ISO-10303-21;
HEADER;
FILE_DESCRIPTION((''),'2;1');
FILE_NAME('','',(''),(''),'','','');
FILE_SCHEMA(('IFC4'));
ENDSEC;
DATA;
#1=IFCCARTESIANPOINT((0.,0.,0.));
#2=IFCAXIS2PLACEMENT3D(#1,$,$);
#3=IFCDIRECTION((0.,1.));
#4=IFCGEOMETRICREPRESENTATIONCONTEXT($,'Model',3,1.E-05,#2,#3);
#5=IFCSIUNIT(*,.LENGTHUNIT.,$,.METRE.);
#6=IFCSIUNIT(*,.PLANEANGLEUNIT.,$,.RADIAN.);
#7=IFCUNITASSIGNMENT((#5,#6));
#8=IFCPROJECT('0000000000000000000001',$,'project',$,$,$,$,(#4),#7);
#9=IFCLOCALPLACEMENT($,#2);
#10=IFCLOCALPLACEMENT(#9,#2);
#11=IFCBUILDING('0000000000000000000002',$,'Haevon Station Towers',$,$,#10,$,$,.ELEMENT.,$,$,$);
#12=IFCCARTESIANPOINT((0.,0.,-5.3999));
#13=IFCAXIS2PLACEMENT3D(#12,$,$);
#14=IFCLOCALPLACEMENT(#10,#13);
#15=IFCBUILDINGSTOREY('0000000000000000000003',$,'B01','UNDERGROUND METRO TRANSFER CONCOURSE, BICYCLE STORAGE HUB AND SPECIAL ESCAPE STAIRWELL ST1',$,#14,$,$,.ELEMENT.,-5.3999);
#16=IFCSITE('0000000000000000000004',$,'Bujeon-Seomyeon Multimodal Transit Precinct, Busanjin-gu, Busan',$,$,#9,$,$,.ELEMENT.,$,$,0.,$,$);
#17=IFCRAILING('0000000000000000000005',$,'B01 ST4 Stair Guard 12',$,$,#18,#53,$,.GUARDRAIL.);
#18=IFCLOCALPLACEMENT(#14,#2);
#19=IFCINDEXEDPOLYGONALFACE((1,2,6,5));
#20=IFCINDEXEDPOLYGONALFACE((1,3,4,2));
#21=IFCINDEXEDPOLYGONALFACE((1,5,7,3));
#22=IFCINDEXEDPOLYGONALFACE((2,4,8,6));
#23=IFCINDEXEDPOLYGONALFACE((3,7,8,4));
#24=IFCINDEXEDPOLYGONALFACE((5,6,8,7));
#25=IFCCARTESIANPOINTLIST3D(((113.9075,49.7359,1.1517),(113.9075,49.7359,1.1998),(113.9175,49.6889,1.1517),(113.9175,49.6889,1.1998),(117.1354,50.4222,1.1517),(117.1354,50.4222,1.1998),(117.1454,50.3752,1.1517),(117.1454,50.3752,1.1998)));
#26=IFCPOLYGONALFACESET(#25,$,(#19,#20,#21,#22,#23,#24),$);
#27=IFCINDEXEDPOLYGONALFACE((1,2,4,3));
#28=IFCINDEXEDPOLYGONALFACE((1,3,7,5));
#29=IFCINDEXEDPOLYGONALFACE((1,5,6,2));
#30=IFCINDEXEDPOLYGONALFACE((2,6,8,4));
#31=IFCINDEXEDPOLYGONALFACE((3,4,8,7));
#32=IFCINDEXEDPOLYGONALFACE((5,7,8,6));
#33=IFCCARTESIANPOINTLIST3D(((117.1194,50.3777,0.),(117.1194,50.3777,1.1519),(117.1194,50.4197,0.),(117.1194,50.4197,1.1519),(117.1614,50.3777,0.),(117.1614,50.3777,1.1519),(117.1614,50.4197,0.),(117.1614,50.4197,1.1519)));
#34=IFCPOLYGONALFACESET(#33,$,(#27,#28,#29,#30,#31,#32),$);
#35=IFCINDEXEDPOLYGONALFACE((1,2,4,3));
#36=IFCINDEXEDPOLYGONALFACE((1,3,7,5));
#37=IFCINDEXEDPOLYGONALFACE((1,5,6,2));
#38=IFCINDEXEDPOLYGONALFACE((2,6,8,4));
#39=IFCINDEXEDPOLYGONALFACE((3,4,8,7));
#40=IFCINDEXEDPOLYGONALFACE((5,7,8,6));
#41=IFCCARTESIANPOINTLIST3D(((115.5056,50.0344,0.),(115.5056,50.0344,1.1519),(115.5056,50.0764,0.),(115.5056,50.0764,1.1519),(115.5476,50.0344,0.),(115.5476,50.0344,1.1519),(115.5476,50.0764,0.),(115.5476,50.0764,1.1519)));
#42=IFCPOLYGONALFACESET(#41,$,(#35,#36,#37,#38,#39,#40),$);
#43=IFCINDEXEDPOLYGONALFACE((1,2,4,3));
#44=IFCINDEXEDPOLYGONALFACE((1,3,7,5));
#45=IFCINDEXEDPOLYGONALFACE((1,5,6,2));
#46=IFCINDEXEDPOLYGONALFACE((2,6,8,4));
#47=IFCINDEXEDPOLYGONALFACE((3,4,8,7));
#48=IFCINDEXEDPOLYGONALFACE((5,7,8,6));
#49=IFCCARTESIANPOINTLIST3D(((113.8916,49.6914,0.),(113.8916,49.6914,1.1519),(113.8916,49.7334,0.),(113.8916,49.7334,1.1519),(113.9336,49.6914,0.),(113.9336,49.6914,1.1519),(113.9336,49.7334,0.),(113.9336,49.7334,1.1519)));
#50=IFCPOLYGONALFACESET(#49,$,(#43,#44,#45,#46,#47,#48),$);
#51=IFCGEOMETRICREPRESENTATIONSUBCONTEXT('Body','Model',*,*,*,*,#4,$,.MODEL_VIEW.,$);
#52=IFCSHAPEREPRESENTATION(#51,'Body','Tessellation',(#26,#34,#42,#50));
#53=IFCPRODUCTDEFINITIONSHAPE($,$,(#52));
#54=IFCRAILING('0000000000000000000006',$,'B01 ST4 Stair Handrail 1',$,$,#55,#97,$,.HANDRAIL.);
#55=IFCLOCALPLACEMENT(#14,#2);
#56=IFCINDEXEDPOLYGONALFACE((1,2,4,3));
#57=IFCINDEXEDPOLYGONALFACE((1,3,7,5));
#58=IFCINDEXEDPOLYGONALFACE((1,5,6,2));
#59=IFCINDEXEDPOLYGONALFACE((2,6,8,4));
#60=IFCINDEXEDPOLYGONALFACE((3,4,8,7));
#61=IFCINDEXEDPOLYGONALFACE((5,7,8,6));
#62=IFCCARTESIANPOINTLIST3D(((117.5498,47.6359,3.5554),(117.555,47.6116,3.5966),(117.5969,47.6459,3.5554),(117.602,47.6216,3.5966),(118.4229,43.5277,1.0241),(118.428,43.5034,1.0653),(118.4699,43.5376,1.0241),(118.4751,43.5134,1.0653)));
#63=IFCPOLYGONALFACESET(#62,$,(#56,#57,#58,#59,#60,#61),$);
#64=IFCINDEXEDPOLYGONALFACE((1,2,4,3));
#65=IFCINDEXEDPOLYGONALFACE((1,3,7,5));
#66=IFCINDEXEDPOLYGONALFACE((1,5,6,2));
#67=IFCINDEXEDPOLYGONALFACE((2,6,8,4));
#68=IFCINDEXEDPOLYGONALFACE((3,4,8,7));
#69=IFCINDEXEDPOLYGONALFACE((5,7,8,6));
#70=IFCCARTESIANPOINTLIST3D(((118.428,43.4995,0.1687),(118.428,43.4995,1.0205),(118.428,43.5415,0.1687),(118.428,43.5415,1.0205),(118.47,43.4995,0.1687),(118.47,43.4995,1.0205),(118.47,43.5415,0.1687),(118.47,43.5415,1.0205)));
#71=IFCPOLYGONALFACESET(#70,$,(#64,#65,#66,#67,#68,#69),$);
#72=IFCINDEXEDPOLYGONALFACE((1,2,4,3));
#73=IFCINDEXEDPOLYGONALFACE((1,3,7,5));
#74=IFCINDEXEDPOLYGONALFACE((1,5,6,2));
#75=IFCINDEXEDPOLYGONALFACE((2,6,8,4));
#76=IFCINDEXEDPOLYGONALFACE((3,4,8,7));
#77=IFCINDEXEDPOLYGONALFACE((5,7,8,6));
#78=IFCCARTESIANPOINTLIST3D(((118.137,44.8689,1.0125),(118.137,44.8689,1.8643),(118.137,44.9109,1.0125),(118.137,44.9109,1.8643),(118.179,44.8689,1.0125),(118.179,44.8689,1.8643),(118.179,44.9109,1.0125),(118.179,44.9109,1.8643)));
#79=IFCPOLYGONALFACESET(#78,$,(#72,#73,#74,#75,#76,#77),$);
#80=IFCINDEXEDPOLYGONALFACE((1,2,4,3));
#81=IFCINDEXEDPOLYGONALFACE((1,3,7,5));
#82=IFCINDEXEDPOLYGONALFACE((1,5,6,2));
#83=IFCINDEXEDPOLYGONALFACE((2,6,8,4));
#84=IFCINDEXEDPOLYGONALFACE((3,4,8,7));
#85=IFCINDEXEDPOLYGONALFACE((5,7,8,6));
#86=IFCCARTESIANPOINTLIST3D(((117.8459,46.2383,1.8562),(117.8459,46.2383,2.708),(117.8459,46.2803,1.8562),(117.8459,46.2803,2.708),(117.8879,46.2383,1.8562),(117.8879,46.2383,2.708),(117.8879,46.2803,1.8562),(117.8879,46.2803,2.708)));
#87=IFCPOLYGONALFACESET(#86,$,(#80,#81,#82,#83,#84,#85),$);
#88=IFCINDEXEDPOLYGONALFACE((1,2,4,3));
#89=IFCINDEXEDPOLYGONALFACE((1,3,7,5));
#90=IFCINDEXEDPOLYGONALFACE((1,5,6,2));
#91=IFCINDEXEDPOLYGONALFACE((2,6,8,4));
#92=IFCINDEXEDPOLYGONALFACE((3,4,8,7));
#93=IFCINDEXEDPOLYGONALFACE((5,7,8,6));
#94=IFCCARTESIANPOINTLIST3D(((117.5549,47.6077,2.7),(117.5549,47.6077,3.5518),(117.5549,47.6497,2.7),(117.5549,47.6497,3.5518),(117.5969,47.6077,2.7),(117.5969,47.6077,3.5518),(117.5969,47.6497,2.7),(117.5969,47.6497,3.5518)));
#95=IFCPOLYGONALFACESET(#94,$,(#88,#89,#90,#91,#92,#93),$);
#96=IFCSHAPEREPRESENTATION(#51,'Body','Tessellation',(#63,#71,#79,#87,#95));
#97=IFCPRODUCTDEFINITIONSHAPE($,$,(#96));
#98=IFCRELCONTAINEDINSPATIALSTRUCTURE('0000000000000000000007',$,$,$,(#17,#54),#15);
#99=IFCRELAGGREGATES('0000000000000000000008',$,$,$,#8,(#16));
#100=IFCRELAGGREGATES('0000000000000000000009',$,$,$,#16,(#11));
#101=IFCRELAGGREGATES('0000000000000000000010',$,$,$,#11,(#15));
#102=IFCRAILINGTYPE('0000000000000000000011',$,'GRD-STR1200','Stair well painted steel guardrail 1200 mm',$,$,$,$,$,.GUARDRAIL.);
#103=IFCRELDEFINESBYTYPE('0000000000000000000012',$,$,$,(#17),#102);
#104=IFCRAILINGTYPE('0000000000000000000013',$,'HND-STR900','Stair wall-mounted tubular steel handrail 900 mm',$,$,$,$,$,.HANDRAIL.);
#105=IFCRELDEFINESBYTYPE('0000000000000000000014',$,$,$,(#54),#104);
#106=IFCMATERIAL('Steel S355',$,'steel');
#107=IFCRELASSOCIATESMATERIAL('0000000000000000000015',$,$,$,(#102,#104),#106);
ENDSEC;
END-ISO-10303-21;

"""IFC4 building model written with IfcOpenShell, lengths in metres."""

from ifc_helpers import new_model, si_unit, direction, frame, origin, origin_2d, place, context, subcontext, project, spatial, rectangle, extrude, material, type_object, element, save


model = new_model("IFC4")

# Units and contexts
model_context = context("Model", 3, precision=1e-05, world=origin(), true_north=direction((0.0, 1.0)))
body_context = subcontext(model_context, "Body", "Model", "MODEL_VIEW")
ifc_project = project(units=[si_unit("LENGTHUNIT", "METRE"), si_unit("PLANEANGLEUNIT", "RADIAN")], contexts=[model_context])

# Site, building, storey
site_placement = place(None, origin())
site = spatial("IfcSite", under=ifc_project, at=site_placement, Name="Bujeon-Seomyeon Multimodal Transit Precinct, Busanjin-gu, Busan", CompositionType="ELEMENT", RefElevation=0.0)
building_placement = place(site_placement, origin())
building = spatial("IfcBuilding", under=site, at=building_placement, Name="Haevon Station Towers", CompositionType="ELEMENT")
storey_placement = place(building_placement, frame((0.0, 0.0, -5.3999)))
storey = spatial("IfcBuildingStorey", under=building, at=storey_placement, Name="B01", Description="UNDERGROUND METRO TRANSFER CONCOURSE, BICYCLE STORAGE HUB AND SPECIAL ESCAPE STAIRWELL ST1", CompositionType="ELEMENT", Elevation=-5.3999)

# Shared definitions
ifc_material_1 = material(Name="Steel S355", Category="steel")

# Railings
railing_type_1 = type_object("IfcRailingType", Name="GRD-STR1200", Description="Stair well painted steel guardrail 1200 mm", PredefinedType="GUARDRAIL", material=ifc_material_1)
railing_1_placement = place(storey_placement, frame((117.1404, 50.3987, 0.0)))
element("IfcRailing", 1, at=railing_1_placement, inside=storey, type_object=railing_type_1, Name="B01 ST4 Stair Guard 12", PredefinedType="GUARDRAIL", context=body_context, shape_type="SweptSolid", body=[
    extrude(rectangle(XDim=0.0481, YDim=0.0481, at=origin_2d()), frame((0.0, 0.0, 1.1758), z_axis=(-0.978136, -0.207968, 0.0), x_axis=(0.207968, -0.978136, 0.0)), (0.0, 0.0, 1.0), 3.3),
    extrude(rectangle(XDim=0.042, YDim=0.042, at=origin_2d()), origin(), (0.0, 0.0, 1.0), 1.1519),
    extrude(rectangle(XDim=0.042, YDim=0.042, at=origin_2d()), frame((-1.6138, -0.3433, 0.0)), (0.0, 0.0, 1.0), 1.1519),
    extrude(rectangle(XDim=0.042, YDim=0.042, at=origin_2d()), frame((-3.2278, -0.6863, 0.0)), (0.0, 0.0, 1.0), 1.1519),
])
railing_type_2 = type_object("IfcRailingType", Name="HND-STR900", Description="Stair wall-mounted tubular steel handrail 900 mm", PredefinedType="HANDRAIL", material=ifc_material_1)
railing_2_placement = place(storey_placement, frame((118.449, 43.5205, 0.1687)))
element("IfcRailing", 2, at=railing_2_placement, inside=storey, type_object=railing_type_2, Name="B01 ST4 Stair Handrail 1", PredefinedType="HANDRAIL", context=body_context, shape_type="SweptSolid", body=[
    extrude(rectangle(XDim=0.0481, YDim=0.0481, at=origin_2d()), frame((0.0, 0.0, 0.876), z_axis=(-0.178038, 0.837765, 0.516191), x_axis=(-0.978156, -0.207873, 0.0)), (0.0, 0.0, 1.0), 4.9038),
    extrude(rectangle(XDim=0.042, YDim=0.042, at=origin_2d()), origin(), (0.0, 0.0, 1.0), 0.8518),
    extrude(rectangle(XDim=0.042, YDim=0.042, at=origin_2d()), frame((-0.291, 1.3694, 0.8438)), (0.0, 0.0, 1.0), 0.8518),
    extrude(rectangle(XDim=0.042, YDim=0.042, at=origin_2d()), frame((-0.582, 2.7388, 1.6875)), (0.0, 0.0, 1.0), 0.8518),
    extrude(rectangle(XDim=0.042, YDim=0.042, at=origin_2d()), frame((-0.873, 4.1082, 2.5312)), (0.0, 0.0, 1.0), 0.8518),
])

save(model, "model.ifc")
